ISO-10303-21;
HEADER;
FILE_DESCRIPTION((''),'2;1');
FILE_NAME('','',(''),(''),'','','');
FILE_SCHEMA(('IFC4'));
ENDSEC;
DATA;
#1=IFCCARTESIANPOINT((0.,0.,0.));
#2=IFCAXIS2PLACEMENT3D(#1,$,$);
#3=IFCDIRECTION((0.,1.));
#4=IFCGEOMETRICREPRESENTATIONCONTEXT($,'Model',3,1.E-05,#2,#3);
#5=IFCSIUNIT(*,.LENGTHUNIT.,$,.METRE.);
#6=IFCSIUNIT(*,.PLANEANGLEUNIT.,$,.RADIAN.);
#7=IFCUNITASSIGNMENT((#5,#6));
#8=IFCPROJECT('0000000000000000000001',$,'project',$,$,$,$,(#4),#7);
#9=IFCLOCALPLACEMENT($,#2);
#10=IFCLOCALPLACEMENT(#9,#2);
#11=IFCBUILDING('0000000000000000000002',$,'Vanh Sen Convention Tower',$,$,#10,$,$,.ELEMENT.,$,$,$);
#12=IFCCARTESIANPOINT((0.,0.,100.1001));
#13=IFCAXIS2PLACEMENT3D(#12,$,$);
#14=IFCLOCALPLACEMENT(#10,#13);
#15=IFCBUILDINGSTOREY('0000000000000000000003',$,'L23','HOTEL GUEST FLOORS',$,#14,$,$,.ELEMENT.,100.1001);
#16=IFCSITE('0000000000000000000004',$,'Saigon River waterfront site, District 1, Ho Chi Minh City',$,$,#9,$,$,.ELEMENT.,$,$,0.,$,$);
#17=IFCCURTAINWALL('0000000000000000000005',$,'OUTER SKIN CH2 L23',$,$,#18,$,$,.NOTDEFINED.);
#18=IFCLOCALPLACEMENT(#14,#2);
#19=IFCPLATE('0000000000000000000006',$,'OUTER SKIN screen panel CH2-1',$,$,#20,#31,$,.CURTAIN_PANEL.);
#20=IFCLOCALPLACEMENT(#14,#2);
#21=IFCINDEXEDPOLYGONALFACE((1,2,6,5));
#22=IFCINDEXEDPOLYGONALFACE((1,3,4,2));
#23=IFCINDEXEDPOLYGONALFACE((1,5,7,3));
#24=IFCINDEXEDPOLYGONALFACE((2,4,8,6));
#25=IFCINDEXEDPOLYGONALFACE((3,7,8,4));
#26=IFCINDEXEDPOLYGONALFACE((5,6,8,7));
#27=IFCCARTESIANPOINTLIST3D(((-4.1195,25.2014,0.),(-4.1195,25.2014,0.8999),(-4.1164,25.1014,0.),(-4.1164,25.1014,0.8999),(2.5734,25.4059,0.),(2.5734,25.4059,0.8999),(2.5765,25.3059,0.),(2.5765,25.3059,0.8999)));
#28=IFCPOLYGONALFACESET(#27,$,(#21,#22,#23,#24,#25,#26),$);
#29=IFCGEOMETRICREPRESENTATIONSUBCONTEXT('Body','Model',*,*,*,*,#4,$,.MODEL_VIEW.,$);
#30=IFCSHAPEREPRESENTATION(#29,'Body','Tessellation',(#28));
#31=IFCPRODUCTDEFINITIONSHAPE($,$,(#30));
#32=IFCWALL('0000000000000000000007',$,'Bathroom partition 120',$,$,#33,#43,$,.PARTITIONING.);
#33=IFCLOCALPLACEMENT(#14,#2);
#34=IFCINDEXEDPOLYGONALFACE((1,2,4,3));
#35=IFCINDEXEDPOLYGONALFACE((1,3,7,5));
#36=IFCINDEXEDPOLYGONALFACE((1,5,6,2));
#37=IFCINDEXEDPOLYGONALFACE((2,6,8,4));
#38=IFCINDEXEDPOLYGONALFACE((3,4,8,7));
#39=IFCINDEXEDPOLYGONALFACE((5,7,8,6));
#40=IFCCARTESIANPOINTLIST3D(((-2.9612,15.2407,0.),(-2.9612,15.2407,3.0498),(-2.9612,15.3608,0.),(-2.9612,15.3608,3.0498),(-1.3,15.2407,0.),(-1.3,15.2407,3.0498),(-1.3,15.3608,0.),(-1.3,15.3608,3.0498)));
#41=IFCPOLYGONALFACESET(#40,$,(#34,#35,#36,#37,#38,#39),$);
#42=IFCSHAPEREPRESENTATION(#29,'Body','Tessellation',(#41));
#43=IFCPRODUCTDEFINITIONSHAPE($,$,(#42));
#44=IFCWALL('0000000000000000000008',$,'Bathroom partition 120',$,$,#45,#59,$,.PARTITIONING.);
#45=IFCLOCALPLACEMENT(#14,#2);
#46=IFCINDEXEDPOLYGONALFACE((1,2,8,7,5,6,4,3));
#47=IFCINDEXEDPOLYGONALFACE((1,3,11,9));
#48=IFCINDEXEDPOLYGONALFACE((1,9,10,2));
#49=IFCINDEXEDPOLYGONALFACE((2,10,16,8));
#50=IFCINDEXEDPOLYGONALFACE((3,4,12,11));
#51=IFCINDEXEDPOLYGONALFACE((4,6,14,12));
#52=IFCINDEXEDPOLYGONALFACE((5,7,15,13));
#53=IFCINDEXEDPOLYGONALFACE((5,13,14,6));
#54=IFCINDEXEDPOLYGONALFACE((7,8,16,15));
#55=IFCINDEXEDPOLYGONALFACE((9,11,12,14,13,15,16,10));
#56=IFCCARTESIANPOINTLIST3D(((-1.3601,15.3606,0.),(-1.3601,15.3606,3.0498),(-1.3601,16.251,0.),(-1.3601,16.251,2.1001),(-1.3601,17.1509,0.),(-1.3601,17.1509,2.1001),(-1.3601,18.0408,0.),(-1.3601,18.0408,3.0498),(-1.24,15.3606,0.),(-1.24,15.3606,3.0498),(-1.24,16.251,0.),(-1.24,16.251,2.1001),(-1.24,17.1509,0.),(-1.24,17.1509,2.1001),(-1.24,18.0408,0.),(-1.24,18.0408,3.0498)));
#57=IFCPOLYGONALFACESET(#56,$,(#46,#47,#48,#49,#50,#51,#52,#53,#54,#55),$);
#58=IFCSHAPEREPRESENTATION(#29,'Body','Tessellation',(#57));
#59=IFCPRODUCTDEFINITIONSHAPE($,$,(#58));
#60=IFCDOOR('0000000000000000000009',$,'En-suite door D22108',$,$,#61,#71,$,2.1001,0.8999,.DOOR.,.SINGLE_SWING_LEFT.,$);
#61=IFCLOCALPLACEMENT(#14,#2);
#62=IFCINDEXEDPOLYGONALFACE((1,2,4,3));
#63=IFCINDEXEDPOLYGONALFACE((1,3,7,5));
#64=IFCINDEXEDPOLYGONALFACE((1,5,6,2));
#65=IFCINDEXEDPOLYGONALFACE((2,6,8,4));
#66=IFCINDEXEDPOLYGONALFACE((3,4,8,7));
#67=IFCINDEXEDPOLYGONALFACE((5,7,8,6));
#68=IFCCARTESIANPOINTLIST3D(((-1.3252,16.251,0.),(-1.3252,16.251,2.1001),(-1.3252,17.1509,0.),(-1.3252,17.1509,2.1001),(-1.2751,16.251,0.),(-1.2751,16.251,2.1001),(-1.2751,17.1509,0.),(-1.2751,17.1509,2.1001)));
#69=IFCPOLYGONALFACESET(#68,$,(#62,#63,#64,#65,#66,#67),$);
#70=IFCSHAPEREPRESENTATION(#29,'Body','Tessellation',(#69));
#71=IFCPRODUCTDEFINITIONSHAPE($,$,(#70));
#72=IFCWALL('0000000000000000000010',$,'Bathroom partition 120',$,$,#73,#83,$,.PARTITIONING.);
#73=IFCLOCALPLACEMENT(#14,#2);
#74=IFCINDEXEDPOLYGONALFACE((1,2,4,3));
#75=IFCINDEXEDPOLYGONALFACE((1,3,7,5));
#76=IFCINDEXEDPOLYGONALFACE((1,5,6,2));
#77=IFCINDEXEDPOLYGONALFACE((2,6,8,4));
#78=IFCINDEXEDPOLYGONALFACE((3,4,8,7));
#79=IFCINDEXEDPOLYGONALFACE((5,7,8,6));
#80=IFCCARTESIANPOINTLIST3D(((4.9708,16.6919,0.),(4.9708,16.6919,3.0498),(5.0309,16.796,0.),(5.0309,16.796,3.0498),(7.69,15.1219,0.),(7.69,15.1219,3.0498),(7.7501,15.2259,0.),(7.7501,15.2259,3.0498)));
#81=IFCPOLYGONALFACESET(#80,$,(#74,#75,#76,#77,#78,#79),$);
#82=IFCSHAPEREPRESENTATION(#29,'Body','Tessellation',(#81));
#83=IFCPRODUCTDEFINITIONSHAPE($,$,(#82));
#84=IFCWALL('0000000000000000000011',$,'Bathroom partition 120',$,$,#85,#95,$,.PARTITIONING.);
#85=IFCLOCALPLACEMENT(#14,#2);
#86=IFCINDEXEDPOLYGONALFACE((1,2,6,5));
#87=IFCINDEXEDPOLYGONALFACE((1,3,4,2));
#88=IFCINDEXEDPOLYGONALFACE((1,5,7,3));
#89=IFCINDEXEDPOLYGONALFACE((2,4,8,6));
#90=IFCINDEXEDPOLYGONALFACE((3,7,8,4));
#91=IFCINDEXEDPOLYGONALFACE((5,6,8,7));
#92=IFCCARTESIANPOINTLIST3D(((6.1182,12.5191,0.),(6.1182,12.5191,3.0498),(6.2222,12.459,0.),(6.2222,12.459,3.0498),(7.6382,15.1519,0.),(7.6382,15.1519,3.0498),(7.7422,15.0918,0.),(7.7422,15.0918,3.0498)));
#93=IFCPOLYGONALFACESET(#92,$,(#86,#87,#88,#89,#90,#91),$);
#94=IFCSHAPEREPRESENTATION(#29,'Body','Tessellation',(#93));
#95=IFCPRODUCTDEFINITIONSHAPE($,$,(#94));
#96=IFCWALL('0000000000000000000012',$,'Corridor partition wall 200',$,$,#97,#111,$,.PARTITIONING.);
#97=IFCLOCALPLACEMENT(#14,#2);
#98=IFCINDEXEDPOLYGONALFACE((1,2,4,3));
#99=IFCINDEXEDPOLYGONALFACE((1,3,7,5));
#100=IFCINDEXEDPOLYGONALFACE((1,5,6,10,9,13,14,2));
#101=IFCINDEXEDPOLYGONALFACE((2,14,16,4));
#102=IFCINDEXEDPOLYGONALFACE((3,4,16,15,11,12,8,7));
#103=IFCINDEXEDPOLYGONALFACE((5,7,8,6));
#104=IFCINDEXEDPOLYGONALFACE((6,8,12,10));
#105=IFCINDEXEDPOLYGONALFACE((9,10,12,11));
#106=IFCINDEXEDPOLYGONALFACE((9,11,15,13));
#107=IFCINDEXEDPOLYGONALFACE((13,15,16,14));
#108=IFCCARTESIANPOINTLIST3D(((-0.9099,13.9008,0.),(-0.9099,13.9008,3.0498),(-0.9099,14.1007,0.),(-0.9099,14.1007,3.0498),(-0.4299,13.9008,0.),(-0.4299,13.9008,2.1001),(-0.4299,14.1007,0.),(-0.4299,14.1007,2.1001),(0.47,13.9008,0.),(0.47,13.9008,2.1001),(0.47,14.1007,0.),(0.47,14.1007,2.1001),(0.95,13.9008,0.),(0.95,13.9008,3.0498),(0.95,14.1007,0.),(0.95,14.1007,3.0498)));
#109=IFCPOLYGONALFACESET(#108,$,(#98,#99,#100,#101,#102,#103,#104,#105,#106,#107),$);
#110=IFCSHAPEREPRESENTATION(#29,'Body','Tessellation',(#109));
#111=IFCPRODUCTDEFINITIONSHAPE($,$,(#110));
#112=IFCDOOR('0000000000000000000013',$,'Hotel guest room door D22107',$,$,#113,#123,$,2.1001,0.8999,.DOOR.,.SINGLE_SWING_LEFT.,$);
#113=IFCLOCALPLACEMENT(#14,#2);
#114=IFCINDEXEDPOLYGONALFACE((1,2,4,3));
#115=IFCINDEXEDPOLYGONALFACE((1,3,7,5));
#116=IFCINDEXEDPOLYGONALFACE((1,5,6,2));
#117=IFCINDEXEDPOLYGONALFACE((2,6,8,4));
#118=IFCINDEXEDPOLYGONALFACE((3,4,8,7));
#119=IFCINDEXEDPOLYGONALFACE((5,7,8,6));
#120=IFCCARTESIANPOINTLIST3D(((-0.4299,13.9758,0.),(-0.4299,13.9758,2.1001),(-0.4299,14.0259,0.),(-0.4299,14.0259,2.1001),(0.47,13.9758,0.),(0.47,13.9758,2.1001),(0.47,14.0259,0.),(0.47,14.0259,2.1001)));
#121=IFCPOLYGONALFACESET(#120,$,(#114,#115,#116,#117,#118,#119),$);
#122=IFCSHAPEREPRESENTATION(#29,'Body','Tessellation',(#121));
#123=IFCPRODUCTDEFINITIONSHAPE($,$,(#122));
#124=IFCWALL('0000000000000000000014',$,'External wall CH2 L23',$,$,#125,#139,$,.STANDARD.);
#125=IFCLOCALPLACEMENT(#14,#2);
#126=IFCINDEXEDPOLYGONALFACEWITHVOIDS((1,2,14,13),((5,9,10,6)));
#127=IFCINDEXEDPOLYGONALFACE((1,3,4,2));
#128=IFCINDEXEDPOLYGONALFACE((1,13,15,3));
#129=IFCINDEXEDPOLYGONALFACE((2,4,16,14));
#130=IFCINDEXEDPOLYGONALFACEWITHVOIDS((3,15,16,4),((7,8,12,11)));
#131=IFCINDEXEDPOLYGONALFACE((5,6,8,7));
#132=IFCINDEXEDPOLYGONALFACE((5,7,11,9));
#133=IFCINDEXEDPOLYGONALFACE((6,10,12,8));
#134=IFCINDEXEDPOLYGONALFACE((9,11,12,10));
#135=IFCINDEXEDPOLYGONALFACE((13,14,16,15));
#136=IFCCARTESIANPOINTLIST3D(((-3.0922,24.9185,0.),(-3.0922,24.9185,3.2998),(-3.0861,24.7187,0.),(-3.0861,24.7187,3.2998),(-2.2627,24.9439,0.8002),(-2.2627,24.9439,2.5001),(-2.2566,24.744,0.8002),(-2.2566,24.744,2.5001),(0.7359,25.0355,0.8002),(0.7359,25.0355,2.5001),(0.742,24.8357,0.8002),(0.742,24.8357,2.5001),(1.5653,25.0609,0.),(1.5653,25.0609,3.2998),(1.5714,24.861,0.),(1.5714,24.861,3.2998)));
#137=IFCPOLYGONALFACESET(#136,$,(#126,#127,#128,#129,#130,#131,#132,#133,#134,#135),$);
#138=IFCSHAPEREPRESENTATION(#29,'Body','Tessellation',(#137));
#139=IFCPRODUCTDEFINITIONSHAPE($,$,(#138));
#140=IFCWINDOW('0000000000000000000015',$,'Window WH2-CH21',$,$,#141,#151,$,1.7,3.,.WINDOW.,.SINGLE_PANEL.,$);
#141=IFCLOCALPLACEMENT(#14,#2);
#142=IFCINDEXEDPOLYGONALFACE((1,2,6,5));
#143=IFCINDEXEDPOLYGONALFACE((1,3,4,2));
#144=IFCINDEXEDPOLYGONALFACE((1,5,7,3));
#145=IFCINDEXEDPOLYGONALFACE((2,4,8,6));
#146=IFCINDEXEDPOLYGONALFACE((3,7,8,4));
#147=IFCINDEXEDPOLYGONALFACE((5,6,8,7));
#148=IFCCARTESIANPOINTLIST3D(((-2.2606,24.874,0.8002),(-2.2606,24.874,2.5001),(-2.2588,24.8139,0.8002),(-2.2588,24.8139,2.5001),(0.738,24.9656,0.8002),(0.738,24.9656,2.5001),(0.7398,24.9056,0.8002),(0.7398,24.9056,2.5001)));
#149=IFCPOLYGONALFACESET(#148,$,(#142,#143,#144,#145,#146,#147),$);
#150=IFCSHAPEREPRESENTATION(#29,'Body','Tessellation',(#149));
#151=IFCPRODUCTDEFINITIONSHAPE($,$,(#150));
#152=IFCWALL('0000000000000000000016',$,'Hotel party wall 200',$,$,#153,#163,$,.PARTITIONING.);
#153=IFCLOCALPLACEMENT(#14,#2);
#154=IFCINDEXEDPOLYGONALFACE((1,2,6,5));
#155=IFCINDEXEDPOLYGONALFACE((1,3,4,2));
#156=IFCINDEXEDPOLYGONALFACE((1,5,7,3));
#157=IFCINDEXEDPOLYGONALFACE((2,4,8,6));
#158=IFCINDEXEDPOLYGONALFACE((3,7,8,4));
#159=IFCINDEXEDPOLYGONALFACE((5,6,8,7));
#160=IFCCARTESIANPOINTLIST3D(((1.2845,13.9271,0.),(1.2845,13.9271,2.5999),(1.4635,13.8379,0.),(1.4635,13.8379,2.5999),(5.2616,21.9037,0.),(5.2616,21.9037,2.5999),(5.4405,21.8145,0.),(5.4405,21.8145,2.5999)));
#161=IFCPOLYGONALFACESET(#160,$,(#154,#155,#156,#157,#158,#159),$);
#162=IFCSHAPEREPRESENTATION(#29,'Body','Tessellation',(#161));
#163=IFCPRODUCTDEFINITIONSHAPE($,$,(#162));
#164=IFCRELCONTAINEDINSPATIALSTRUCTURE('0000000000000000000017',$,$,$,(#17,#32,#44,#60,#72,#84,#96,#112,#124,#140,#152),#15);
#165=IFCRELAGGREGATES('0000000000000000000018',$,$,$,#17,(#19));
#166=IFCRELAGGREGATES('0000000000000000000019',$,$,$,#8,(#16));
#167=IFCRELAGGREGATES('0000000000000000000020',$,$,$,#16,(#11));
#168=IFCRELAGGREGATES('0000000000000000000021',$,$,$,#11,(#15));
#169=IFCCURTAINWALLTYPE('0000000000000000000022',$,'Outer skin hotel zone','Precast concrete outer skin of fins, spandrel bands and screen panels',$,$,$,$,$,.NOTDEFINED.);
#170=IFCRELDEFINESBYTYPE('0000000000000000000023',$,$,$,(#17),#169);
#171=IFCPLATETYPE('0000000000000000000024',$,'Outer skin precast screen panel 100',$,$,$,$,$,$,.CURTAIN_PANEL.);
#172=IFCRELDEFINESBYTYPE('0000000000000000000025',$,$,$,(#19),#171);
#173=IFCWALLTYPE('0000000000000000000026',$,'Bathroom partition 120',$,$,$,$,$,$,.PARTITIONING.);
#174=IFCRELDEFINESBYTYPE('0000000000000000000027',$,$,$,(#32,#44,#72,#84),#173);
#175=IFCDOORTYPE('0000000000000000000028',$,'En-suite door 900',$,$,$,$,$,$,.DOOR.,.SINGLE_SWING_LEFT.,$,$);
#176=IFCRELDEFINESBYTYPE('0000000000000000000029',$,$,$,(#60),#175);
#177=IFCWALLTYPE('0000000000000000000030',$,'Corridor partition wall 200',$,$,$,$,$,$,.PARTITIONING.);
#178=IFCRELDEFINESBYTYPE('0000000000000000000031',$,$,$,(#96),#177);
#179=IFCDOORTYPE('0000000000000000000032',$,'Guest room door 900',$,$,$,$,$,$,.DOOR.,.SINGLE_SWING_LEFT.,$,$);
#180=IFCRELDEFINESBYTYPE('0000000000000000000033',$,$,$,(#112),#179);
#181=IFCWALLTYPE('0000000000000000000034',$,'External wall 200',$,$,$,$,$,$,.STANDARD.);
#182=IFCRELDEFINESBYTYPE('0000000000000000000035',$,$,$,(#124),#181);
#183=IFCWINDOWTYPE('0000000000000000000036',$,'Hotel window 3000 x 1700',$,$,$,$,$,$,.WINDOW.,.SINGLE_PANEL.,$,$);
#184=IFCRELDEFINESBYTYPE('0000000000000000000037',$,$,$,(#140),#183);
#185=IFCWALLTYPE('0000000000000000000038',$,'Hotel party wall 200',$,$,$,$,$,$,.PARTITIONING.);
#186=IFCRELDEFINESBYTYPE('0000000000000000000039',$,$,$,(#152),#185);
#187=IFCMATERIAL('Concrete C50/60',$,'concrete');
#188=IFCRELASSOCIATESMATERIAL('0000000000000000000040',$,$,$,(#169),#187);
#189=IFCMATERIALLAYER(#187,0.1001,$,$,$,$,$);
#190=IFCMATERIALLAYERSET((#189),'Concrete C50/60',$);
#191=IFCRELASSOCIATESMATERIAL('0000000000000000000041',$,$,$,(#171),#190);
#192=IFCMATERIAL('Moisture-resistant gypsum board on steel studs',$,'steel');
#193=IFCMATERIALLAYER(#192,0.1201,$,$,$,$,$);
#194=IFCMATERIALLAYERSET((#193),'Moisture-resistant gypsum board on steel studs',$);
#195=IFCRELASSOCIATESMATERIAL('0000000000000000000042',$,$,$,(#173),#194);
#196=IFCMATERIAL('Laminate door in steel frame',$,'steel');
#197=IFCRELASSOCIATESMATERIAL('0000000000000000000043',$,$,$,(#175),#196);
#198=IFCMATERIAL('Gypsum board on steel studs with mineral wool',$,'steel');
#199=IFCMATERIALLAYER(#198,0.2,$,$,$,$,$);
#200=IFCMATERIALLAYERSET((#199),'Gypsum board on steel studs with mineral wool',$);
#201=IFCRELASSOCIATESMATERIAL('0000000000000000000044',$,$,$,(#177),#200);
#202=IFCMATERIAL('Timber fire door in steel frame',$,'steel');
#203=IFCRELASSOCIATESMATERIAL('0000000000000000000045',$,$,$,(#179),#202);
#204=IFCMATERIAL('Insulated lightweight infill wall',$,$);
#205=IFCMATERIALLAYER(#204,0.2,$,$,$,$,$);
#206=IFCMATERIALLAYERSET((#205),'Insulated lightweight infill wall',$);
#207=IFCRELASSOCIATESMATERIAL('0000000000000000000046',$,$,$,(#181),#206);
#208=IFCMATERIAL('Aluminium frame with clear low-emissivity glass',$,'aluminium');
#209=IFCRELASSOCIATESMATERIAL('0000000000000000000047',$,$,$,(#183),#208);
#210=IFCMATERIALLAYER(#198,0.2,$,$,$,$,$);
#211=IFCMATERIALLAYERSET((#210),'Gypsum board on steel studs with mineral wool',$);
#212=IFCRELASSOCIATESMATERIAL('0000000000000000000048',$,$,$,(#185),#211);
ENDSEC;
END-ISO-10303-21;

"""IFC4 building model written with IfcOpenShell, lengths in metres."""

from ifc_helpers import new_model, si_unit, direction, frame, frame_2d, origin, origin_2d, place, context, subcontext, project, spatial, rectangle, extrude, material, layer, layer_set, type_object, element, fill, aggregate, save


model = new_model("IFC4")

# Units and contexts
model_context = context("Model", 3, precision=1e-05, world=origin(), true_north=direction((0.0, 1.0)))
body_context = subcontext(model_context, "Body", "Model", "MODEL_VIEW")
ifc_project = project(units=[si_unit("LENGTHUNIT", "METRE"), si_unit("PLANEANGLEUNIT", "RADIAN")], contexts=[model_context])

# Site, building, storey
site_placement = place(None, origin())
site = spatial("IfcSite", under=ifc_project, at=site_placement, Name="Saigon River waterfront site, District 1, Ho Chi Minh City", CompositionType="ELEMENT", RefElevation=0.0)
building_placement = place(site_placement, origin())
building = spatial("IfcBuilding", under=site, at=building_placement, Name="Vanh Sen Convention Tower", CompositionType="ELEMENT")
storey_placement = place(building_placement, frame((0.0, 0.0, 100.1001)))
storey = spatial("IfcBuildingStorey", under=building, at=storey_placement, Name="L23", Description="HOTEL GUEST FLOORS", CompositionType="ELEMENT", Elevation=100.1001)

# Shared definitions
ifc_material_1 = material(Name="Concrete C50/60", Category="concrete")
curtain_wall_type = type_object("IfcCurtainWallType", Name="Outer skin hotel zone", Description="Precast concrete outer skin of fins, spandrel bands and screen panels", PredefinedType="NOTDEFINED", material=ifc_material_1)

# Curtain wall
curtain_wall_1_placement = place(storey_placement, origin())
curtain_wall_1 = element("IfcCurtainWall", 1, at=curtain_wall_1_placement, inside=storey, type_object=curtain_wall_type, Name="OUTER SKIN CH2 L23", PredefinedType="NOTDEFINED")

# Plate
ifc_layer_1 = layer(ifc_material_1, 0.1001)
ifc_layer_set_1 = layer_set([ifc_layer_1], Name="Concrete C50/60")
plate_type = type_object("IfcPlateType", Name="Outer skin precast screen panel 100", PredefinedType="CURTAIN_PANEL", material=ifc_layer_set_1)
plate_1_placement = place(storey_placement, frame((-0.7715, 25.2537, 0.0), z_axis=(0.0, 0.0, 1.0), x_axis=(-0.999534, -0.030537, 0.0)))
plate_1 = element("IfcPlate", 2, at=plate_1_placement, type_object=plate_type, Name="OUTER SKIN screen panel CH2-1", PredefinedType="CURTAIN_PANEL", context=body_context, shape_type="SweptSolid", body=[
    extrude(rectangle(XDim=6.696, YDim=0.1001, at=origin_2d()), origin(), (0.0, 0.0, 1.0), 0.8999),
])
aggregate(curtain_wall_1, [plate_1])

# Wall
ifc_material_2 = material(Name="Moisture-resistant gypsum board on steel studs", Category="steel")
ifc_layer_2 = layer(ifc_material_2, 0.1201)
ifc_layer_set_2 = layer_set([ifc_layer_2], Name="Moisture-resistant gypsum board on steel studs")
wall_type_1 = type_object("IfcWallType", Name="Bathroom partition 120", PredefinedType="PARTITIONING", material=ifc_layer_set_2)
wall_1_placement = place(storey_placement, frame((-1.3, 15.3008, 0.0), z_axis=(0.0, 0.0, 1.0), x_axis=(-1.0, 0.0, 0.0)))
element("IfcWall", 3, at=wall_1_placement, inside=storey, type_object=wall_type_1, Name="Bathroom partition 120", PredefinedType="PARTITIONING", context=body_context, shape_type="SweptSolid", body=[
    extrude(rectangle(XDim=1.6611, YDim=0.1201, at=frame_2d((0.8306, 0.0))), origin(), (0.0, 0.0, 1.0), 3.0498),
])

# Wall, opening, door
wall_2_placement = place(storey_placement, frame((-1.3, 18.0408, 0.0), z_axis=(0.0, 0.0, 1.0), x_axis=(0.0, -1.0, 0.0)))
wall_2 = element("IfcWall", 4, at=wall_2_placement, inside=storey, type_object=wall_type_1, Name="Bathroom partition 120", PredefinedType="PARTITIONING", context=body_context, shape_type="SweptSolid", body=[
    extrude(rectangle(XDim=2.6802, YDim=0.1201, at=frame_2d((1.3401, 0.0))), origin(), (0.0, 0.0, 1.0), 3.0498),
])
opening_1_placement = place(wall_2_placement, frame((0.8899, 0.0, 0.0)))
opening_1 = element("IfcOpeningElement", 5, at=opening_1_placement, cuts=wall_2, PredefinedType="OPENING", context=body_context, shape_type="SweptSolid", body=[
    extrude(rectangle(XDim=0.8999, YDim=2.1001, at=frame_2d((0.45, 1.05))), frame((0.0, 0.0701, 0.0), z_axis=(0.0, -1.0, 0.0), x_axis=(1.0, 0.0, 0.0)), (0.0, 0.0, 1.0), 0.1401),
])
ifc_material_3 = material(Name="Laminate door in steel frame", Category="steel")
door_type_1 = type_object("IfcDoorType", Name="En-suite door 900", OperationType="SINGLE_SWING_LEFT", PredefinedType="DOOR", material=ifc_material_3)
door_1_placement = place(opening_1_placement, origin())
door_1 = element("IfcDoor", 6, at=door_1_placement, inside=storey, type_object=door_type_1, Name="En-suite door D22108", OperationType="SINGLE_SWING_LEFT", OverallHeight=2.1001, OverallWidth=0.8999, PredefinedType="DOOR", context=body_context, shape_type="SweptSolid", body=[
    extrude(rectangle(XDim=0.8999, YDim=2.1001, at=frame_2d((0.45, 1.05))), frame((0.0, 0.0249, 0.0), z_axis=(0.0, -1.0, 0.0), x_axis=(1.0, 0.0, 0.0)), (0.0, 0.0, 1.0), 0.05),
])
fill(opening_1, door_1)

# Walls
wall_3_placement = place(storey_placement, frame((5.001, 16.7439, 0.0), z_axis=(0.0, 0.0, 1.0), x_axis=(0.866009, -0.500028, 0.0)))
element("IfcWall", 7, at=wall_3_placement, inside=storey, type_object=wall_type_1, Name="Bathroom partition 120", PredefinedType="PARTITIONING", context=body_context, shape_type="SweptSolid", body=[
    extrude(rectangle(XDim=3.1399, YDim=0.1201, at=frame_2d((1.5698, 0.0))), origin(), (0.0, 0.0, 1.0), 3.0498),
])
wall_4_placement = place(storey_placement, frame((7.6902, 15.1218, 0.0), z_axis=(0.0, 0.0, 1.0), x_axis=(-0.499991, -0.86603, 0.0)))
element("IfcWall", 8, at=wall_4_placement, inside=storey, type_object=wall_type_1, Name="Bathroom partition 120", PredefinedType="PARTITIONING", context=body_context, shape_type="SweptSolid", body=[
    extrude(rectangle(XDim=3.04, YDim=0.1201, at=frame_2d((1.52, 0.0))), origin(), (0.0, 0.0, 1.0), 3.0498),
])

# Wall, opening, door
ifc_material_4 = material(Name="Gypsum board on steel studs with mineral wool", Category="steel")
ifc_layer_3 = layer(ifc_material_4, 0.2)
ifc_layer_set_3 = layer_set([ifc_layer_3], Name="Gypsum board on steel studs with mineral wool")
wall_type_2 = type_object("IfcWallType", Name="Corridor partition wall 200", PredefinedType="PARTITIONING", material=ifc_layer_set_3)
wall_5_placement = place(storey_placement, frame((0.95, 14.0007, 0.0), z_axis=(0.0, 0.0, 1.0), x_axis=(-1.0, 0.0, 0.0)))
wall_5 = element("IfcWall", 9, at=wall_5_placement, inside=storey, type_object=wall_type_2, Name="Corridor partition wall 200", PredefinedType="PARTITIONING", context=body_context, shape_type="SweptSolid", body=[
    extrude(rectangle(XDim=1.8599, YDim=0.2, at=frame_2d((0.9299, 0.0))), origin(), (0.0, 0.0, 1.0), 3.0498),
])
opening_2_placement = place(wall_5_placement, frame((0.48, 0.0, 0.0)))
opening_2 = element("IfcOpeningElement", 10, at=opening_2_placement, cuts=wall_5, PredefinedType="OPENING", context=body_context, shape_type="SweptSolid", body=[
    extrude(rectangle(XDim=0.8999, YDim=2.1001, at=frame_2d((0.45, 1.05))), frame((0.0, 0.1099, 0.0), z_axis=(0.0, -1.0, 0.0), x_axis=(1.0, 0.0, 0.0)), (0.0, 0.0, 1.0), 0.22),
])
ifc_material_5 = material(Name="Timber fire door in steel frame", Category="steel")
door_type_2 = type_object("IfcDoorType", Name="Guest room door 900", OperationType="SINGLE_SWING_LEFT", PredefinedType="DOOR", material=ifc_material_5)
door_2_placement = place(opening_2_placement, origin())
door_2 = element("IfcDoor", 11, at=door_2_placement, inside=storey, type_object=door_type_2, Name="Hotel guest room door D22107", OperationType="SINGLE_SWING_LEFT", OverallHeight=2.1001, OverallWidth=0.8999, PredefinedType="DOOR", context=body_context, shape_type="SweptSolid", body=[
    extrude(rectangle(XDim=0.8999, YDim=2.1001, at=frame_2d((0.45, 1.05))), frame((0.0, 0.0249, 0.0), z_axis=(0.0, -1.0, 0.0), x_axis=(1.0, 0.0, 0.0)), (0.0, 0.0, 1.0), 0.05),
])
fill(opening_2, door_2)

# Wall, opening, window
ifc_material_6 = material(Name="Insulated lightweight infill wall")
ifc_layer_4 = layer(ifc_material_6, 0.2)
ifc_layer_set_4 = layer_set([ifc_layer_4], Name="Insulated lightweight infill wall")
wall_type_3 = type_object("IfcWallType", Name="External wall 200", PredefinedType="STANDARD", material=ifc_layer_set_4)
wall_6_placement = place(storey_placement, frame((1.5684, 24.9609, 0.0), z_axis=(0.0, 0.0, 1.0), x_axis=(-0.999533, -0.030546, 0.0)))
wall_6 = element("IfcWall", 12, at=wall_6_placement, inside=storey, type_object=wall_type_3, Name="External wall CH2 L23", PredefinedType="STANDARD", context=body_context, shape_type="SweptSolid", body=[
    extrude(rectangle(XDim=4.6597, YDim=0.2, at=frame_2d((2.3298, 0.0))), origin(), (0.0, 0.0, 1.0), 3.2998),
])
opening_3_placement = place(wall_6_placement, frame((0.8298, 0.0, 0.8)))
opening_3 = element("IfcOpeningElement", 13, at=opening_3_placement, cuts=wall_6, PredefinedType="OPENING", context=body_context, shape_type="SweptSolid", body=[
    extrude(rectangle(XDim=3.0, YDim=1.7, at=frame_2d((1.5, 0.8501))), frame((0.0, 0.1099, 0.0), z_axis=(0.0, -1.0, 0.0), x_axis=(1.0, 0.0, 0.0)), (0.0, 0.0, 1.0), 0.22),
])
ifc_material_7 = material(Name="Aluminium frame with clear low-emissivity glass", Category="aluminium")
window_type = type_object("IfcWindowType", Name="Hotel window 3000 x 1700", PartitioningType="SINGLE_PANEL", PredefinedType="WINDOW", material=ifc_material_7)
window_placement = place(opening_3_placement, origin())
window = element("IfcWindow", 14, at=window_placement, inside=storey, type_object=window_type, Name="Window WH2-CH21", OverallHeight=1.7, OverallWidth=3.0, PartitioningType="SINGLE_PANEL", PredefinedType="WINDOW", context=body_context, shape_type="SweptSolid", body=[
    extrude(rectangle(XDim=3.0, YDim=1.7, at=frame_2d((1.5, 0.8501))), frame((0.0, 0.03, 0.0), z_axis=(0.0, -1.0, 0.0), x_axis=(1.0, 0.0, 0.0)), (0.0, 0.0, 1.0), 0.0601),
])
fill(opening_3, window)

# Wall
ifc_layer_5 = layer(ifc_material_4, 0.2)
ifc_layer_set_5 = layer_set([ifc_layer_5], Name="Gypsum board on steel studs with mineral wool")
wall_type_4 = type_object("IfcWallType", Name="Hotel party wall 200", PredefinedType="PARTITIONING", material=ifc_layer_set_5)
wall_7_placement = place(storey_placement, frame((5.3511, 21.8591, 0.0), z_axis=(0.0, 0.0, 1.0), x_axis=(-0.446205, -0.894931, 0.0)))
element("IfcWall", 15, at=wall_7_placement, inside=storey, type_object=wall_type_4, Name="Hotel party wall 200", PredefinedType="PARTITIONING", context=body_context, shape_type="SweptSolid", body=[
    extrude(rectangle(XDim=8.9131, YDim=0.2, at=frame_2d((4.4565, 0.0))), origin(), (0.0, 0.0, 1.0), 2.5999),
])

save(model, "model.ifc")
